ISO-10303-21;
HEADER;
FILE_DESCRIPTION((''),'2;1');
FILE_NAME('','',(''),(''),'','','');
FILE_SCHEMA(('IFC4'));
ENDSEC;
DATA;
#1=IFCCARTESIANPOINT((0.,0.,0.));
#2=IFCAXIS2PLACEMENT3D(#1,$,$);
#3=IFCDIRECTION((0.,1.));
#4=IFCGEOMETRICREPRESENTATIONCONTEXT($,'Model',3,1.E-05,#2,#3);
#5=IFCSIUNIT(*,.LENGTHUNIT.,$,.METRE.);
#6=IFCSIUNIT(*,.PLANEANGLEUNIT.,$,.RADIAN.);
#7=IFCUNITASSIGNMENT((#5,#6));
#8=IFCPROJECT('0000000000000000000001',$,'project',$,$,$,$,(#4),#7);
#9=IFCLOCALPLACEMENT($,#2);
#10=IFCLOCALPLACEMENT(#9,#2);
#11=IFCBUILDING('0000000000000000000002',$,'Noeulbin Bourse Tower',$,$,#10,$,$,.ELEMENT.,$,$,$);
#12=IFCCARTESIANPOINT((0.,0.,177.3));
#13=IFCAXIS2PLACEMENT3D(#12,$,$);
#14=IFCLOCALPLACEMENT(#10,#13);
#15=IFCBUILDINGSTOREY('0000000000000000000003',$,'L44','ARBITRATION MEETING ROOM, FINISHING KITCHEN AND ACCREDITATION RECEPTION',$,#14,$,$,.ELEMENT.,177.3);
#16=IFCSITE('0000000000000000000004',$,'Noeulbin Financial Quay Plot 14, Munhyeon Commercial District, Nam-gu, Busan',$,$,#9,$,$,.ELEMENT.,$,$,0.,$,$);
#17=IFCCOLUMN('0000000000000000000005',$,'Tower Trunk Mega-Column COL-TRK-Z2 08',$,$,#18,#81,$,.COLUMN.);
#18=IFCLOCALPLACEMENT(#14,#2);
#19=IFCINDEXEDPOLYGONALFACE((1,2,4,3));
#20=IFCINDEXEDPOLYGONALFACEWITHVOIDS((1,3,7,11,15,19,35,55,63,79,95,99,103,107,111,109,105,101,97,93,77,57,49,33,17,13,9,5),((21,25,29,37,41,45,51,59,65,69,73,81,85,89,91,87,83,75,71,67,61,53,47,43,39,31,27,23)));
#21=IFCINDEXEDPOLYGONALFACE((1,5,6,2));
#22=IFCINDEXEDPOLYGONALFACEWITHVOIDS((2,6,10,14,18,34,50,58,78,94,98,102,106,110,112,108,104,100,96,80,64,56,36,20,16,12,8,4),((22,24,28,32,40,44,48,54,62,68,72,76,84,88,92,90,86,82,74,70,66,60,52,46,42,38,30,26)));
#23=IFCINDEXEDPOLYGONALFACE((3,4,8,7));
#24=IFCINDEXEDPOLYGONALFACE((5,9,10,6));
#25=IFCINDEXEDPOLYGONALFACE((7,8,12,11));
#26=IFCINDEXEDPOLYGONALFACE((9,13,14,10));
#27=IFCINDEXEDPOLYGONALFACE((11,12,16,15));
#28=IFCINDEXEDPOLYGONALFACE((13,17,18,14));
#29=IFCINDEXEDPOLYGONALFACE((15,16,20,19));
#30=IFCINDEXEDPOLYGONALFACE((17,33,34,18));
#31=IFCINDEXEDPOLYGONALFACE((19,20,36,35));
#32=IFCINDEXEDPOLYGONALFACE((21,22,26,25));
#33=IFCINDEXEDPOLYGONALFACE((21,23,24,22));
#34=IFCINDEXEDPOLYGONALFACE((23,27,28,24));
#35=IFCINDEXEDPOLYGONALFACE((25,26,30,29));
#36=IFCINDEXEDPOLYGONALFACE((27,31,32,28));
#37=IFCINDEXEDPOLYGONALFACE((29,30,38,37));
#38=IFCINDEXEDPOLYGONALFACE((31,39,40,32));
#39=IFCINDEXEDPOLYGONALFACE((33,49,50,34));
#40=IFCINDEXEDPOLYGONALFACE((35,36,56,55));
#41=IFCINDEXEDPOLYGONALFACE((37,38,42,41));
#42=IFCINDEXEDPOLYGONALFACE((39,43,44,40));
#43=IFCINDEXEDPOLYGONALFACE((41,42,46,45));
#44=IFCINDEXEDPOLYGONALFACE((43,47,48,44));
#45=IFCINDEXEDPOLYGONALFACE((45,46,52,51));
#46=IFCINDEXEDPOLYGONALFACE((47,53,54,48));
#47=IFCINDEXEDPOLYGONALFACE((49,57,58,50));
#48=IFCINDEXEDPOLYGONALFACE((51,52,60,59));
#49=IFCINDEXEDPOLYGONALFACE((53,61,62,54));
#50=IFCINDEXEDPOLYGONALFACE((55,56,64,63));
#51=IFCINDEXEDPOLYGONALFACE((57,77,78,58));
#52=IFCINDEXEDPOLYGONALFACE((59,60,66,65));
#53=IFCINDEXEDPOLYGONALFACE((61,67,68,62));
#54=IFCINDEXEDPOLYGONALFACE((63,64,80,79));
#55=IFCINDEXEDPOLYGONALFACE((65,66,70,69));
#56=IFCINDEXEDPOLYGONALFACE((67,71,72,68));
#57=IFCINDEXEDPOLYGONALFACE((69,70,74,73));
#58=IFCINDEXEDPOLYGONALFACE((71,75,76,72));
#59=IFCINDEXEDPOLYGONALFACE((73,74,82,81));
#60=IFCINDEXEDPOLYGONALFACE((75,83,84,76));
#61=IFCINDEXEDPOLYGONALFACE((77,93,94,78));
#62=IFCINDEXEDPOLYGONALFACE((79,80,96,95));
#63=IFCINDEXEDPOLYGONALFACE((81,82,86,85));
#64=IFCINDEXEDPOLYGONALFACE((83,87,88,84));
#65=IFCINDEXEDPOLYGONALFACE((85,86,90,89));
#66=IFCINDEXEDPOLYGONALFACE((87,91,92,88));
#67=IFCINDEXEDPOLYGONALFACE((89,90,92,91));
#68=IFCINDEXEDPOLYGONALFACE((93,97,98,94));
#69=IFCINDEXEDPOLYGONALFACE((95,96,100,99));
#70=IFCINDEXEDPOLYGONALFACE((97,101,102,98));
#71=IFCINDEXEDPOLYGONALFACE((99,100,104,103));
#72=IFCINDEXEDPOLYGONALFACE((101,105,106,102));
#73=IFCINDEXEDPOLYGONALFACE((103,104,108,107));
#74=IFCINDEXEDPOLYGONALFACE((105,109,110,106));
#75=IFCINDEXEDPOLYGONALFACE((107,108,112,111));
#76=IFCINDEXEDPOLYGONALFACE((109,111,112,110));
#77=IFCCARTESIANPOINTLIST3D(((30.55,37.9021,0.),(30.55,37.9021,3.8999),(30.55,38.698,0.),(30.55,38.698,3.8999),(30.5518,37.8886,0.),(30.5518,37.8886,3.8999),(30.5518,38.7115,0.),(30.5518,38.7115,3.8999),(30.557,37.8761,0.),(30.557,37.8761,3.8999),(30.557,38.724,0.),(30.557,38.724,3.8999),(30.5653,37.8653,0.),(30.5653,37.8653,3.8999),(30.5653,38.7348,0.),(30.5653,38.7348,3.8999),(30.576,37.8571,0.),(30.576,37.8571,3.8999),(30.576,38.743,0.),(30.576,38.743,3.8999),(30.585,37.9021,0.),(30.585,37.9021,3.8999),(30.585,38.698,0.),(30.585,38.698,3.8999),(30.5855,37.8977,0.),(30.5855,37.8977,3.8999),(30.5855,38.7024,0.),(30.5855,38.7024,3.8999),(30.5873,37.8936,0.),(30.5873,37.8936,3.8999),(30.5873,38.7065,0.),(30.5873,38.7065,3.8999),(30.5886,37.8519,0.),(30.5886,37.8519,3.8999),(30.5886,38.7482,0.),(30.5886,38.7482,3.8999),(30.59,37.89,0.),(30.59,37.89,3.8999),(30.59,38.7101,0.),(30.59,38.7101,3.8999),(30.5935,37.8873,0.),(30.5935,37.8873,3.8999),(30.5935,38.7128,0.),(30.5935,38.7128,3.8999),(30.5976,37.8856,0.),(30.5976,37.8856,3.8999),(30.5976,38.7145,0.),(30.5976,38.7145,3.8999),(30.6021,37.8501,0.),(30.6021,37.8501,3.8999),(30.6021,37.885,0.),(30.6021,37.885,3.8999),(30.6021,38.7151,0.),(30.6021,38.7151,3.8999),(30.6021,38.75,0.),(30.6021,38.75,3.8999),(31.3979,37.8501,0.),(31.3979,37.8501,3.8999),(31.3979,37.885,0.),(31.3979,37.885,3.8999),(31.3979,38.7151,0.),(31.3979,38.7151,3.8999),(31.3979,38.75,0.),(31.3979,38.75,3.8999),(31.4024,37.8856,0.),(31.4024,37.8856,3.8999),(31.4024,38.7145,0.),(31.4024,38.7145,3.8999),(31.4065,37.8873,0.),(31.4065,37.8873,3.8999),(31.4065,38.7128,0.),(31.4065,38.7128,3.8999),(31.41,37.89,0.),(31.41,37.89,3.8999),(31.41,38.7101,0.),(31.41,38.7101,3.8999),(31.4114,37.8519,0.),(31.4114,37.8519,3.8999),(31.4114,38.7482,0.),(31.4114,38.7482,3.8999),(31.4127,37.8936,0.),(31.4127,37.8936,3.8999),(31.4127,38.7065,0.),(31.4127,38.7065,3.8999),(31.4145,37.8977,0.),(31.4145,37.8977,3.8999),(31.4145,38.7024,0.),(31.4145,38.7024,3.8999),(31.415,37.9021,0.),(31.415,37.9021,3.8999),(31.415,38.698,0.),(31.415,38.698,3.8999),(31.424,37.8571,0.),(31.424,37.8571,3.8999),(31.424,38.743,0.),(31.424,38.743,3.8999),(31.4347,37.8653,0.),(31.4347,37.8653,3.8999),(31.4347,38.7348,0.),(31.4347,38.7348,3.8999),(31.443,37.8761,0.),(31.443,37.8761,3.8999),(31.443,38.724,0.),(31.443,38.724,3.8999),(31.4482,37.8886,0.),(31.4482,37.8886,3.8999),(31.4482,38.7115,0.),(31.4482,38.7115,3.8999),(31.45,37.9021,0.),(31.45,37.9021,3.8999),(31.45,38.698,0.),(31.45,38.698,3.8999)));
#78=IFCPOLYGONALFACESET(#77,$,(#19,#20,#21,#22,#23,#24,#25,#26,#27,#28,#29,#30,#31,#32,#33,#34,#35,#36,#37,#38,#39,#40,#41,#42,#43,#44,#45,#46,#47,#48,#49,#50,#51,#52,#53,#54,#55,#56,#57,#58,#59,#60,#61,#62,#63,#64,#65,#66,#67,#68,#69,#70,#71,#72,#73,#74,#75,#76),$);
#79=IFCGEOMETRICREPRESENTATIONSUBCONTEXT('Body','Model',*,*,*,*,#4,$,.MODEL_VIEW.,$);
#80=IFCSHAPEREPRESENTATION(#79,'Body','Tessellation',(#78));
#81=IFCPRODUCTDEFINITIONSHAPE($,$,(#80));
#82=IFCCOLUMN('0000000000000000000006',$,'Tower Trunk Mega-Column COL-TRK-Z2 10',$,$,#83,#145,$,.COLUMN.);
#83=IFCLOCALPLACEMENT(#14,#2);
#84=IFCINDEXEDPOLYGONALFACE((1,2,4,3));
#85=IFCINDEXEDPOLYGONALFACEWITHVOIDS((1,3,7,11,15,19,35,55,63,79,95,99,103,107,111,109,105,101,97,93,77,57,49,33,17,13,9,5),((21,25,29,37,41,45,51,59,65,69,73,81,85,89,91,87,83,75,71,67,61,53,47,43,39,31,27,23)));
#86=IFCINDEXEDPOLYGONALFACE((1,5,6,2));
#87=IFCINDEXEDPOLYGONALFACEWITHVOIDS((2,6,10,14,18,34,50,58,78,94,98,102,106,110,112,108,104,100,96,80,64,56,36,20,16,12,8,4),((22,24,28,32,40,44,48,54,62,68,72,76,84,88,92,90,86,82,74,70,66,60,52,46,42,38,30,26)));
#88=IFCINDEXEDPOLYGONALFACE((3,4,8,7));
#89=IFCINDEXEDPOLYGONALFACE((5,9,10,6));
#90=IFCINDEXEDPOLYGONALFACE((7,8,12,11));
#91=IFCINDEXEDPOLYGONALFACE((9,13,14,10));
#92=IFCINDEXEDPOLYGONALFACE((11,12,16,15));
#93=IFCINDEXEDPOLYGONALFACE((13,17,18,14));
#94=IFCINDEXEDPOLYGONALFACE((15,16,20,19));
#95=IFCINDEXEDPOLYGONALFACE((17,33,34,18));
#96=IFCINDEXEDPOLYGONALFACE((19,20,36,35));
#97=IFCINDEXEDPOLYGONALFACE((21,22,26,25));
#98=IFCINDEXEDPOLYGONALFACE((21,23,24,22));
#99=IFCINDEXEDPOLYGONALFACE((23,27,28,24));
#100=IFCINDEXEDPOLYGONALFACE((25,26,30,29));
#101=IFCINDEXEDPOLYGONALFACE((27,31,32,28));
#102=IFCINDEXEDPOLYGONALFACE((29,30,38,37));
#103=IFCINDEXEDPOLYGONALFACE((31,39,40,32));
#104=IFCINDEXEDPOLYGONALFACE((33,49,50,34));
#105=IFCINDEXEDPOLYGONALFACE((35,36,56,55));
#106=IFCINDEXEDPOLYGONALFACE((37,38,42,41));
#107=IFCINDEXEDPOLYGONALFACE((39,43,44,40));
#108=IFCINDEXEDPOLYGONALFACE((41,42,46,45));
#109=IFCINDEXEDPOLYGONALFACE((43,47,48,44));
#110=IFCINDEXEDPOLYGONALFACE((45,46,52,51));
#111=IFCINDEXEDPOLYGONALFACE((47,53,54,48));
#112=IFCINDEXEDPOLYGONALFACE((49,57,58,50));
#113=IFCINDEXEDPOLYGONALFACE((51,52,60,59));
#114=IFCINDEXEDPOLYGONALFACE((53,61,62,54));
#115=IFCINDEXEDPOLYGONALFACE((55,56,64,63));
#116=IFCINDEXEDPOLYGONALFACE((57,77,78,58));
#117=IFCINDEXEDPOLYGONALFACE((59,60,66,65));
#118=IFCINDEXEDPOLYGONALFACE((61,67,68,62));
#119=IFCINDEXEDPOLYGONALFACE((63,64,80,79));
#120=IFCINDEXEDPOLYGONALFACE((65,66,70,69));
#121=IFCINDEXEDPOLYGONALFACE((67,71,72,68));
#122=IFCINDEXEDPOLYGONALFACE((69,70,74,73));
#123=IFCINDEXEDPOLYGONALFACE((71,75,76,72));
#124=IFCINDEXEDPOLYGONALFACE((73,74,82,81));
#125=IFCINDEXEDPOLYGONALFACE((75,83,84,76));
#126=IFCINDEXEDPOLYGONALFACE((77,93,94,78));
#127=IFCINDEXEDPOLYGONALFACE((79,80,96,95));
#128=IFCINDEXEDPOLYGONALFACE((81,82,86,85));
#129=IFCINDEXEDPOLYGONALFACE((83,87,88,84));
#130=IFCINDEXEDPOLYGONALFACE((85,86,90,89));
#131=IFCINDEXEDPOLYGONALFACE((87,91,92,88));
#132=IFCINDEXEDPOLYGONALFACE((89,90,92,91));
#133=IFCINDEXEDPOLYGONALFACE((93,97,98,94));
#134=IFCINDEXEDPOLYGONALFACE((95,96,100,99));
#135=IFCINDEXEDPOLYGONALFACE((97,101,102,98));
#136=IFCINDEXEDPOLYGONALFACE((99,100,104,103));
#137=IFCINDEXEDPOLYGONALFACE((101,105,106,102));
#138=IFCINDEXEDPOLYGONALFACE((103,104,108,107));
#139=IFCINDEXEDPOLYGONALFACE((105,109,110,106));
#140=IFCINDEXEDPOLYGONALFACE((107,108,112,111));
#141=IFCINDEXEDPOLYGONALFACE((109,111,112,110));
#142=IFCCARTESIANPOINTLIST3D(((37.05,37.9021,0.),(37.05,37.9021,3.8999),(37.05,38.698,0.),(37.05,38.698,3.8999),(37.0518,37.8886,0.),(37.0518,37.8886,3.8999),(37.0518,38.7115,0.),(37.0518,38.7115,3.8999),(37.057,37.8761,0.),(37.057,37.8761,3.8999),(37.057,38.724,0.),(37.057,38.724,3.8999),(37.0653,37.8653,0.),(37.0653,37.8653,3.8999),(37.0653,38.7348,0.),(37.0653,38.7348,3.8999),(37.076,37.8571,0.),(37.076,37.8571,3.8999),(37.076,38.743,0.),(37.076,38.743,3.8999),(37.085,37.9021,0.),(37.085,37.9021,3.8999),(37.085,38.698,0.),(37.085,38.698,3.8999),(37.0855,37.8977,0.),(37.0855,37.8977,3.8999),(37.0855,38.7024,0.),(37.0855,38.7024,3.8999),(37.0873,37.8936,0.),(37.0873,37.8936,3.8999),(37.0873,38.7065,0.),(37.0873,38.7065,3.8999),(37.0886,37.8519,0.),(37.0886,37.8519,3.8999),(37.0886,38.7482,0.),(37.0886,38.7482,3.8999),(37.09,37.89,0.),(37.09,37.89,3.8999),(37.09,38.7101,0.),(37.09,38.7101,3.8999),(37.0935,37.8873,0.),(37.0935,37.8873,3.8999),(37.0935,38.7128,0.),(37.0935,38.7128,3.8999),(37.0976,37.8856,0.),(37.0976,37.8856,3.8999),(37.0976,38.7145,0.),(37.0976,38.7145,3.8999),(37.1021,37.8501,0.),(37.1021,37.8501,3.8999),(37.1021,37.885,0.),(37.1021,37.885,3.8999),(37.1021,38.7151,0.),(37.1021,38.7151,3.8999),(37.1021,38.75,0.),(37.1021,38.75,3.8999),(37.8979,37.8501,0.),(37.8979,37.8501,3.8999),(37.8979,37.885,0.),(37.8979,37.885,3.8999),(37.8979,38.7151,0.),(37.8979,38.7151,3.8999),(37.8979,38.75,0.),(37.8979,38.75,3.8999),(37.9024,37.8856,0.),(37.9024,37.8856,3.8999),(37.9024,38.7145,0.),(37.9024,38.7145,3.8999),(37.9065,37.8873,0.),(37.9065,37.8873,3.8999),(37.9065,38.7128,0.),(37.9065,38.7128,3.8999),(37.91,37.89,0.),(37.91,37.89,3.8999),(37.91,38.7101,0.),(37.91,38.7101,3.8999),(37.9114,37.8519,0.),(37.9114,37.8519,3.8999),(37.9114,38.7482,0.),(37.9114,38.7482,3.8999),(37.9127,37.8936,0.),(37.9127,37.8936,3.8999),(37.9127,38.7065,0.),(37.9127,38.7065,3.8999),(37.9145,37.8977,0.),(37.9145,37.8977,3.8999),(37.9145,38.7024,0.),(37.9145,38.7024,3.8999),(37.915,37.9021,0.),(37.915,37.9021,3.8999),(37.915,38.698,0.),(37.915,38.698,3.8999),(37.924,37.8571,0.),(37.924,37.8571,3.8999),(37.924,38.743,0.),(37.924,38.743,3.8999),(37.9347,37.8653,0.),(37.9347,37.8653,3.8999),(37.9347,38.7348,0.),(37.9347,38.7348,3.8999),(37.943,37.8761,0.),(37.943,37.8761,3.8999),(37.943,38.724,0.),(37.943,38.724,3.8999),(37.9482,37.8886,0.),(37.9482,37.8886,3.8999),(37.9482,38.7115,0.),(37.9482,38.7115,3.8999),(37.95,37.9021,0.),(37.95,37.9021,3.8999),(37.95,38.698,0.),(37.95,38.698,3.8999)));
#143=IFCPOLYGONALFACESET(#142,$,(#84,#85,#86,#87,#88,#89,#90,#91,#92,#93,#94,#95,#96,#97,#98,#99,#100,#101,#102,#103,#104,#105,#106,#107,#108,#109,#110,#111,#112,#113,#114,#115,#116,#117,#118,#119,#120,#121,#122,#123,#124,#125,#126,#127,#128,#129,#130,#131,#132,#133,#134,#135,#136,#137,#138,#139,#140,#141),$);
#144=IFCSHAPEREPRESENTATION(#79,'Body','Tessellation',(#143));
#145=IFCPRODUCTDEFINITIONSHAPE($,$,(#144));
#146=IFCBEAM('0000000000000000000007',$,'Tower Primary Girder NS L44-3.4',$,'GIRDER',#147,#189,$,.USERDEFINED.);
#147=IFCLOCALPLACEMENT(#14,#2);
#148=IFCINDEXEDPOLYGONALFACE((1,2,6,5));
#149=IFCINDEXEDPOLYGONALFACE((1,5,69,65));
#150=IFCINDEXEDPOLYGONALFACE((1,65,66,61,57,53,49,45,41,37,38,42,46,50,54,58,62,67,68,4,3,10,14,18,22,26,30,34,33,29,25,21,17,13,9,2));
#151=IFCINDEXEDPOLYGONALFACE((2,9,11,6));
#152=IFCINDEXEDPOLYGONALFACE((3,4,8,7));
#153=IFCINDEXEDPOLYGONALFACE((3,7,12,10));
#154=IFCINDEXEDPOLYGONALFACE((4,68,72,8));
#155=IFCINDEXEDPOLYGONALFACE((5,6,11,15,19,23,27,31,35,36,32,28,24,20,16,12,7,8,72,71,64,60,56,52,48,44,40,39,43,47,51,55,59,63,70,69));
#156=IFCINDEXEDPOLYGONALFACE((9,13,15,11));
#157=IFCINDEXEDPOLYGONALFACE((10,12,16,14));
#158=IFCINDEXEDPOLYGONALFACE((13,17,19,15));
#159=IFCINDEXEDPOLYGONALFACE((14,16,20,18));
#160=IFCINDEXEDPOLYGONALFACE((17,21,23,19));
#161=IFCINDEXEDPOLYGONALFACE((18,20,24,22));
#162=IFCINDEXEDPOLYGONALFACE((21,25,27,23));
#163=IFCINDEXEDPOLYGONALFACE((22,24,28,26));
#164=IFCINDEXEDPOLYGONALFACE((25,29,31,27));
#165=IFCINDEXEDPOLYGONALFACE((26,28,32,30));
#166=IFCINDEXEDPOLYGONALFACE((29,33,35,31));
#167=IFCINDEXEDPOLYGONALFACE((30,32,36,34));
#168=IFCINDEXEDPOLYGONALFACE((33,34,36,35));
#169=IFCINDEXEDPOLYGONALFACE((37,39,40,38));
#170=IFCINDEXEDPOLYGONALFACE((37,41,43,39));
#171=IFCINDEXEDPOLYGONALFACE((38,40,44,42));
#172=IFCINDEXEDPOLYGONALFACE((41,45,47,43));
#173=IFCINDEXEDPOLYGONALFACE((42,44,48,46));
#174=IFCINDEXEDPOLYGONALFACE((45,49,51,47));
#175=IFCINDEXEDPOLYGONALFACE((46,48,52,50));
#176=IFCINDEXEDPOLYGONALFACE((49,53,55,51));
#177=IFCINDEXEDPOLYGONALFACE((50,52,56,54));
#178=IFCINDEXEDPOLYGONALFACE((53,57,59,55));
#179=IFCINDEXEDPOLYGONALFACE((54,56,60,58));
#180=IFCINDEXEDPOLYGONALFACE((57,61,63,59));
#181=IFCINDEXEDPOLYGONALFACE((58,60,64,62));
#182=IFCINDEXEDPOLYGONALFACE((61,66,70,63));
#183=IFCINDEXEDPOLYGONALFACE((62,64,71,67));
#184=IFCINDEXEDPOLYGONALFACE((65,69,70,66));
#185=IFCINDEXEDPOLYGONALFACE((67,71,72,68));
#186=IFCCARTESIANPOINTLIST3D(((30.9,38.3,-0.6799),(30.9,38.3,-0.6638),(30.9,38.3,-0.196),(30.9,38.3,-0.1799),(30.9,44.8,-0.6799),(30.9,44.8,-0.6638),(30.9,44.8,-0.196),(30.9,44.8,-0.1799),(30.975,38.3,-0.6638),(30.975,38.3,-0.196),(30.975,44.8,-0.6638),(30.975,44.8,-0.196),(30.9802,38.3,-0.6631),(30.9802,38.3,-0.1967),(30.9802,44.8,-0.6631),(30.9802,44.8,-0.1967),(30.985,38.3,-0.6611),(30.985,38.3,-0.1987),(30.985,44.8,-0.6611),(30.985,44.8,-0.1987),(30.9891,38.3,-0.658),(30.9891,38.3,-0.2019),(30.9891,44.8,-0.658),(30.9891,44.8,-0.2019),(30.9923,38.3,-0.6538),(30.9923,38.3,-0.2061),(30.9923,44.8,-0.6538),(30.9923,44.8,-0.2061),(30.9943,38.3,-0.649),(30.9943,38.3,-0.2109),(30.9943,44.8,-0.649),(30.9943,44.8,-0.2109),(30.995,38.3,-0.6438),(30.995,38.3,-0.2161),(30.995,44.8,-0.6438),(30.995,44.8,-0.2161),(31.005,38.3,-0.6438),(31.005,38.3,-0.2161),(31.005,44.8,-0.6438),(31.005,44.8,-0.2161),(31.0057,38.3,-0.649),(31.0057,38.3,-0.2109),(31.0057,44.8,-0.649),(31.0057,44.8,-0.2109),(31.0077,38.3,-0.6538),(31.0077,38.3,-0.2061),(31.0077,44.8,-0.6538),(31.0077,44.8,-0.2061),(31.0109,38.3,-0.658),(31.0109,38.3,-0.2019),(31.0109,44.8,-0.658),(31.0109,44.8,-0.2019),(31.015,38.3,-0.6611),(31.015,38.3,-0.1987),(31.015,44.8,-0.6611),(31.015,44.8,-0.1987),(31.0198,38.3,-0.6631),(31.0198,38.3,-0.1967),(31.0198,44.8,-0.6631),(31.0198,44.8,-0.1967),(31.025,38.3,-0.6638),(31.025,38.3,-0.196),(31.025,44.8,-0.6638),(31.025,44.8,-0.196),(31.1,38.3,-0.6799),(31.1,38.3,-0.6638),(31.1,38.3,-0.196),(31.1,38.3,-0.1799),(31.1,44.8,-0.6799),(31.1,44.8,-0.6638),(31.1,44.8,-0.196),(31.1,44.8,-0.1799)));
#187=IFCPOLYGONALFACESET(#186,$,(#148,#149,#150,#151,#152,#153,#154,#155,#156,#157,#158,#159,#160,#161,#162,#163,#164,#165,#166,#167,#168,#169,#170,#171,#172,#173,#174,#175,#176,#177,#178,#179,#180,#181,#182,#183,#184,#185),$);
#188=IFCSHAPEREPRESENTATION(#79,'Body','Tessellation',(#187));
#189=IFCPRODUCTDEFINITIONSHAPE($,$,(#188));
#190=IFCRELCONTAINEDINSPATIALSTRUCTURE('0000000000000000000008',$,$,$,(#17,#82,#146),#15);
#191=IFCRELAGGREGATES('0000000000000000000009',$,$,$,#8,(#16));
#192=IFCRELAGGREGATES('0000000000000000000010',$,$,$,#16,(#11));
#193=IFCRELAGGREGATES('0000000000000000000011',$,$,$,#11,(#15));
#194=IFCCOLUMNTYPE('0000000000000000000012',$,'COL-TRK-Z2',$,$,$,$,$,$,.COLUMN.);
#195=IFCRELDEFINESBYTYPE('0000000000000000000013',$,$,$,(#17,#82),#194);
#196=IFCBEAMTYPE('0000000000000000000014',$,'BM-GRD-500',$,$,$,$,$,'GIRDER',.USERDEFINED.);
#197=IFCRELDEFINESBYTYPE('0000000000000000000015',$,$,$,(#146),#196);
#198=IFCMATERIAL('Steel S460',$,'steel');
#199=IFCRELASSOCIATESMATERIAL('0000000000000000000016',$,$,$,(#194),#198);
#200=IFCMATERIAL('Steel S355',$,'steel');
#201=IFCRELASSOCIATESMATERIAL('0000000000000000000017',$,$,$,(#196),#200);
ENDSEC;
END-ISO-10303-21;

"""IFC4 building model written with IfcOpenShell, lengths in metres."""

from ifc_helpers import new_model, si_unit, direction, frame, origin, origin_2d, place, context, subcontext, project, spatial, hollow_rectangle, i_section, extrude, material, material_profile, profile_set, type_object, element, save


model = new_model("IFC4")

# Units and contexts
model_context = context("Model", 3, precision=1e-05, world=origin(), true_north=direction((0.0, 1.0)))
body_context = subcontext(model_context, "Body", "Model", "MODEL_VIEW")
ifc_project = project(units=[si_unit("LENGTHUNIT", "METRE"), si_unit("PLANEANGLEUNIT", "RADIAN")], contexts=[model_context])

# Site, building, storey
site_placement = place(None, origin())
site = spatial("IfcSite", under=ifc_project, at=site_placement, Name="Noeulbin Financial Quay Plot 14, Munhyeon Commercial District, Nam-gu, Busan", CompositionType="ELEMENT", RefElevation=0.0)
building_placement = place(site_placement, origin())
building = spatial("IfcBuilding", under=site, at=building_placement, Name="Noeulbin Bourse Tower", CompositionType="ELEMENT")
storey_placement = place(building_placement, frame((0.0, 0.0, 177.3)))
storey = spatial("IfcBuildingStorey", under=building, at=storey_placement, Name="L44", Description="ARBITRATION MEETING ROOM, FINISHING KITCHEN AND ACCREDITATION RECEPTION", CompositionType="ELEMENT", Elevation=177.3)

# Columns
ifc_material_1 = material(Name="Steel S460", Category="steel")
ifc_material_profile_1 = material_profile(ifc_material_1, hollow_rectangle(XDim=0.8999, YDim=0.8999, WallThickness=0.0349, InnerFilletRadius=0.0171, OuterFilletRadius=0.052, at=origin_2d()), Name="BOX-900x900x35", Category="LoadBearing")
ifc_profile_set_1 = profile_set([ifc_material_profile_1], Name="Steel S460")
column_type = type_object("IfcColumnType", Name="COL-TRK-Z2", PredefinedType="COLUMN", material=ifc_profile_set_1)
for number, where, z_axis, x_axis, name in (
    (1, (31.0, 38.3, 0.0), (0.0, 0.0, 1.0), (1.0, 0.0, 0.0), "Tower Trunk Mega-Column COL-TRK-Z2 08"),
    (2, (37.5, 38.3, 0.0), (0.0, 0.0, 1.0), (1.0, 0.0, 0.0), "Tower Trunk Mega-Column COL-TRK-Z2 10"),
):
    element("IfcColumn", number, at=place(storey_placement, frame(where, z_axis=z_axis, x_axis=x_axis)), inside=storey, type_object=column_type, Name=name, PredefinedType="COLUMN", context=body_context, shape_type="SweptSolid", body=[
        extrude(hollow_rectangle(XDim=0.8999, YDim=0.8999, WallThickness=0.0349, InnerFilletRadius=0.0171, OuterFilletRadius=0.052, at=origin_2d()), origin(), (0.0, 0.0, 1.0), 3.8999),
    ])

# Beam
ifc_material_2 = material(Name="Steel S355", Category="steel")
ifc_material_profile_2 = material_profile(ifc_material_2, i_section(OverallWidth=0.2, OverallDepth=0.5, WebThickness=0.01, FlangeThickness=0.0161, FilletRadius=0.02, at=origin_2d()), Name="H-500x200x10x16", Category="LoadBearing")
ifc_profile_set_2 = profile_set([ifc_material_profile_2], Name="Steel S355")
beam_type_1 = type_object("IfcBeamType", Name="BM-GRD-500", ElementType="GIRDER", PredefinedType="USERDEFINED", material=ifc_profile_set_2)
for number, where, z_axis, x_axis, name in (
    (3, (31.0, 38.3, -0.4299), (0.0, 1.0, 0.0), (-1.0, 0.0, 0.0), "Tower Primary Girder NS L44-3.4"),
):
    element("IfcBeam", number, at=place(storey_placement, frame(where, z_axis=z_axis, x_axis=x_axis)), inside=storey, type_object=beam_type_1, Name=name, ObjectType="GIRDER", PredefinedType="USERDEFINED", context=body_context, shape_type="SweptSolid", body=[
        extrude(i_section(OverallWidth=0.2, OverallDepth=0.5, WebThickness=0.01, FlangeThickness=0.0161, FilletRadius=0.02, at=origin_2d()), origin(), (0.0, 0.0, 1.0), 6.5),
    ])

save(model, "model.ifc")
